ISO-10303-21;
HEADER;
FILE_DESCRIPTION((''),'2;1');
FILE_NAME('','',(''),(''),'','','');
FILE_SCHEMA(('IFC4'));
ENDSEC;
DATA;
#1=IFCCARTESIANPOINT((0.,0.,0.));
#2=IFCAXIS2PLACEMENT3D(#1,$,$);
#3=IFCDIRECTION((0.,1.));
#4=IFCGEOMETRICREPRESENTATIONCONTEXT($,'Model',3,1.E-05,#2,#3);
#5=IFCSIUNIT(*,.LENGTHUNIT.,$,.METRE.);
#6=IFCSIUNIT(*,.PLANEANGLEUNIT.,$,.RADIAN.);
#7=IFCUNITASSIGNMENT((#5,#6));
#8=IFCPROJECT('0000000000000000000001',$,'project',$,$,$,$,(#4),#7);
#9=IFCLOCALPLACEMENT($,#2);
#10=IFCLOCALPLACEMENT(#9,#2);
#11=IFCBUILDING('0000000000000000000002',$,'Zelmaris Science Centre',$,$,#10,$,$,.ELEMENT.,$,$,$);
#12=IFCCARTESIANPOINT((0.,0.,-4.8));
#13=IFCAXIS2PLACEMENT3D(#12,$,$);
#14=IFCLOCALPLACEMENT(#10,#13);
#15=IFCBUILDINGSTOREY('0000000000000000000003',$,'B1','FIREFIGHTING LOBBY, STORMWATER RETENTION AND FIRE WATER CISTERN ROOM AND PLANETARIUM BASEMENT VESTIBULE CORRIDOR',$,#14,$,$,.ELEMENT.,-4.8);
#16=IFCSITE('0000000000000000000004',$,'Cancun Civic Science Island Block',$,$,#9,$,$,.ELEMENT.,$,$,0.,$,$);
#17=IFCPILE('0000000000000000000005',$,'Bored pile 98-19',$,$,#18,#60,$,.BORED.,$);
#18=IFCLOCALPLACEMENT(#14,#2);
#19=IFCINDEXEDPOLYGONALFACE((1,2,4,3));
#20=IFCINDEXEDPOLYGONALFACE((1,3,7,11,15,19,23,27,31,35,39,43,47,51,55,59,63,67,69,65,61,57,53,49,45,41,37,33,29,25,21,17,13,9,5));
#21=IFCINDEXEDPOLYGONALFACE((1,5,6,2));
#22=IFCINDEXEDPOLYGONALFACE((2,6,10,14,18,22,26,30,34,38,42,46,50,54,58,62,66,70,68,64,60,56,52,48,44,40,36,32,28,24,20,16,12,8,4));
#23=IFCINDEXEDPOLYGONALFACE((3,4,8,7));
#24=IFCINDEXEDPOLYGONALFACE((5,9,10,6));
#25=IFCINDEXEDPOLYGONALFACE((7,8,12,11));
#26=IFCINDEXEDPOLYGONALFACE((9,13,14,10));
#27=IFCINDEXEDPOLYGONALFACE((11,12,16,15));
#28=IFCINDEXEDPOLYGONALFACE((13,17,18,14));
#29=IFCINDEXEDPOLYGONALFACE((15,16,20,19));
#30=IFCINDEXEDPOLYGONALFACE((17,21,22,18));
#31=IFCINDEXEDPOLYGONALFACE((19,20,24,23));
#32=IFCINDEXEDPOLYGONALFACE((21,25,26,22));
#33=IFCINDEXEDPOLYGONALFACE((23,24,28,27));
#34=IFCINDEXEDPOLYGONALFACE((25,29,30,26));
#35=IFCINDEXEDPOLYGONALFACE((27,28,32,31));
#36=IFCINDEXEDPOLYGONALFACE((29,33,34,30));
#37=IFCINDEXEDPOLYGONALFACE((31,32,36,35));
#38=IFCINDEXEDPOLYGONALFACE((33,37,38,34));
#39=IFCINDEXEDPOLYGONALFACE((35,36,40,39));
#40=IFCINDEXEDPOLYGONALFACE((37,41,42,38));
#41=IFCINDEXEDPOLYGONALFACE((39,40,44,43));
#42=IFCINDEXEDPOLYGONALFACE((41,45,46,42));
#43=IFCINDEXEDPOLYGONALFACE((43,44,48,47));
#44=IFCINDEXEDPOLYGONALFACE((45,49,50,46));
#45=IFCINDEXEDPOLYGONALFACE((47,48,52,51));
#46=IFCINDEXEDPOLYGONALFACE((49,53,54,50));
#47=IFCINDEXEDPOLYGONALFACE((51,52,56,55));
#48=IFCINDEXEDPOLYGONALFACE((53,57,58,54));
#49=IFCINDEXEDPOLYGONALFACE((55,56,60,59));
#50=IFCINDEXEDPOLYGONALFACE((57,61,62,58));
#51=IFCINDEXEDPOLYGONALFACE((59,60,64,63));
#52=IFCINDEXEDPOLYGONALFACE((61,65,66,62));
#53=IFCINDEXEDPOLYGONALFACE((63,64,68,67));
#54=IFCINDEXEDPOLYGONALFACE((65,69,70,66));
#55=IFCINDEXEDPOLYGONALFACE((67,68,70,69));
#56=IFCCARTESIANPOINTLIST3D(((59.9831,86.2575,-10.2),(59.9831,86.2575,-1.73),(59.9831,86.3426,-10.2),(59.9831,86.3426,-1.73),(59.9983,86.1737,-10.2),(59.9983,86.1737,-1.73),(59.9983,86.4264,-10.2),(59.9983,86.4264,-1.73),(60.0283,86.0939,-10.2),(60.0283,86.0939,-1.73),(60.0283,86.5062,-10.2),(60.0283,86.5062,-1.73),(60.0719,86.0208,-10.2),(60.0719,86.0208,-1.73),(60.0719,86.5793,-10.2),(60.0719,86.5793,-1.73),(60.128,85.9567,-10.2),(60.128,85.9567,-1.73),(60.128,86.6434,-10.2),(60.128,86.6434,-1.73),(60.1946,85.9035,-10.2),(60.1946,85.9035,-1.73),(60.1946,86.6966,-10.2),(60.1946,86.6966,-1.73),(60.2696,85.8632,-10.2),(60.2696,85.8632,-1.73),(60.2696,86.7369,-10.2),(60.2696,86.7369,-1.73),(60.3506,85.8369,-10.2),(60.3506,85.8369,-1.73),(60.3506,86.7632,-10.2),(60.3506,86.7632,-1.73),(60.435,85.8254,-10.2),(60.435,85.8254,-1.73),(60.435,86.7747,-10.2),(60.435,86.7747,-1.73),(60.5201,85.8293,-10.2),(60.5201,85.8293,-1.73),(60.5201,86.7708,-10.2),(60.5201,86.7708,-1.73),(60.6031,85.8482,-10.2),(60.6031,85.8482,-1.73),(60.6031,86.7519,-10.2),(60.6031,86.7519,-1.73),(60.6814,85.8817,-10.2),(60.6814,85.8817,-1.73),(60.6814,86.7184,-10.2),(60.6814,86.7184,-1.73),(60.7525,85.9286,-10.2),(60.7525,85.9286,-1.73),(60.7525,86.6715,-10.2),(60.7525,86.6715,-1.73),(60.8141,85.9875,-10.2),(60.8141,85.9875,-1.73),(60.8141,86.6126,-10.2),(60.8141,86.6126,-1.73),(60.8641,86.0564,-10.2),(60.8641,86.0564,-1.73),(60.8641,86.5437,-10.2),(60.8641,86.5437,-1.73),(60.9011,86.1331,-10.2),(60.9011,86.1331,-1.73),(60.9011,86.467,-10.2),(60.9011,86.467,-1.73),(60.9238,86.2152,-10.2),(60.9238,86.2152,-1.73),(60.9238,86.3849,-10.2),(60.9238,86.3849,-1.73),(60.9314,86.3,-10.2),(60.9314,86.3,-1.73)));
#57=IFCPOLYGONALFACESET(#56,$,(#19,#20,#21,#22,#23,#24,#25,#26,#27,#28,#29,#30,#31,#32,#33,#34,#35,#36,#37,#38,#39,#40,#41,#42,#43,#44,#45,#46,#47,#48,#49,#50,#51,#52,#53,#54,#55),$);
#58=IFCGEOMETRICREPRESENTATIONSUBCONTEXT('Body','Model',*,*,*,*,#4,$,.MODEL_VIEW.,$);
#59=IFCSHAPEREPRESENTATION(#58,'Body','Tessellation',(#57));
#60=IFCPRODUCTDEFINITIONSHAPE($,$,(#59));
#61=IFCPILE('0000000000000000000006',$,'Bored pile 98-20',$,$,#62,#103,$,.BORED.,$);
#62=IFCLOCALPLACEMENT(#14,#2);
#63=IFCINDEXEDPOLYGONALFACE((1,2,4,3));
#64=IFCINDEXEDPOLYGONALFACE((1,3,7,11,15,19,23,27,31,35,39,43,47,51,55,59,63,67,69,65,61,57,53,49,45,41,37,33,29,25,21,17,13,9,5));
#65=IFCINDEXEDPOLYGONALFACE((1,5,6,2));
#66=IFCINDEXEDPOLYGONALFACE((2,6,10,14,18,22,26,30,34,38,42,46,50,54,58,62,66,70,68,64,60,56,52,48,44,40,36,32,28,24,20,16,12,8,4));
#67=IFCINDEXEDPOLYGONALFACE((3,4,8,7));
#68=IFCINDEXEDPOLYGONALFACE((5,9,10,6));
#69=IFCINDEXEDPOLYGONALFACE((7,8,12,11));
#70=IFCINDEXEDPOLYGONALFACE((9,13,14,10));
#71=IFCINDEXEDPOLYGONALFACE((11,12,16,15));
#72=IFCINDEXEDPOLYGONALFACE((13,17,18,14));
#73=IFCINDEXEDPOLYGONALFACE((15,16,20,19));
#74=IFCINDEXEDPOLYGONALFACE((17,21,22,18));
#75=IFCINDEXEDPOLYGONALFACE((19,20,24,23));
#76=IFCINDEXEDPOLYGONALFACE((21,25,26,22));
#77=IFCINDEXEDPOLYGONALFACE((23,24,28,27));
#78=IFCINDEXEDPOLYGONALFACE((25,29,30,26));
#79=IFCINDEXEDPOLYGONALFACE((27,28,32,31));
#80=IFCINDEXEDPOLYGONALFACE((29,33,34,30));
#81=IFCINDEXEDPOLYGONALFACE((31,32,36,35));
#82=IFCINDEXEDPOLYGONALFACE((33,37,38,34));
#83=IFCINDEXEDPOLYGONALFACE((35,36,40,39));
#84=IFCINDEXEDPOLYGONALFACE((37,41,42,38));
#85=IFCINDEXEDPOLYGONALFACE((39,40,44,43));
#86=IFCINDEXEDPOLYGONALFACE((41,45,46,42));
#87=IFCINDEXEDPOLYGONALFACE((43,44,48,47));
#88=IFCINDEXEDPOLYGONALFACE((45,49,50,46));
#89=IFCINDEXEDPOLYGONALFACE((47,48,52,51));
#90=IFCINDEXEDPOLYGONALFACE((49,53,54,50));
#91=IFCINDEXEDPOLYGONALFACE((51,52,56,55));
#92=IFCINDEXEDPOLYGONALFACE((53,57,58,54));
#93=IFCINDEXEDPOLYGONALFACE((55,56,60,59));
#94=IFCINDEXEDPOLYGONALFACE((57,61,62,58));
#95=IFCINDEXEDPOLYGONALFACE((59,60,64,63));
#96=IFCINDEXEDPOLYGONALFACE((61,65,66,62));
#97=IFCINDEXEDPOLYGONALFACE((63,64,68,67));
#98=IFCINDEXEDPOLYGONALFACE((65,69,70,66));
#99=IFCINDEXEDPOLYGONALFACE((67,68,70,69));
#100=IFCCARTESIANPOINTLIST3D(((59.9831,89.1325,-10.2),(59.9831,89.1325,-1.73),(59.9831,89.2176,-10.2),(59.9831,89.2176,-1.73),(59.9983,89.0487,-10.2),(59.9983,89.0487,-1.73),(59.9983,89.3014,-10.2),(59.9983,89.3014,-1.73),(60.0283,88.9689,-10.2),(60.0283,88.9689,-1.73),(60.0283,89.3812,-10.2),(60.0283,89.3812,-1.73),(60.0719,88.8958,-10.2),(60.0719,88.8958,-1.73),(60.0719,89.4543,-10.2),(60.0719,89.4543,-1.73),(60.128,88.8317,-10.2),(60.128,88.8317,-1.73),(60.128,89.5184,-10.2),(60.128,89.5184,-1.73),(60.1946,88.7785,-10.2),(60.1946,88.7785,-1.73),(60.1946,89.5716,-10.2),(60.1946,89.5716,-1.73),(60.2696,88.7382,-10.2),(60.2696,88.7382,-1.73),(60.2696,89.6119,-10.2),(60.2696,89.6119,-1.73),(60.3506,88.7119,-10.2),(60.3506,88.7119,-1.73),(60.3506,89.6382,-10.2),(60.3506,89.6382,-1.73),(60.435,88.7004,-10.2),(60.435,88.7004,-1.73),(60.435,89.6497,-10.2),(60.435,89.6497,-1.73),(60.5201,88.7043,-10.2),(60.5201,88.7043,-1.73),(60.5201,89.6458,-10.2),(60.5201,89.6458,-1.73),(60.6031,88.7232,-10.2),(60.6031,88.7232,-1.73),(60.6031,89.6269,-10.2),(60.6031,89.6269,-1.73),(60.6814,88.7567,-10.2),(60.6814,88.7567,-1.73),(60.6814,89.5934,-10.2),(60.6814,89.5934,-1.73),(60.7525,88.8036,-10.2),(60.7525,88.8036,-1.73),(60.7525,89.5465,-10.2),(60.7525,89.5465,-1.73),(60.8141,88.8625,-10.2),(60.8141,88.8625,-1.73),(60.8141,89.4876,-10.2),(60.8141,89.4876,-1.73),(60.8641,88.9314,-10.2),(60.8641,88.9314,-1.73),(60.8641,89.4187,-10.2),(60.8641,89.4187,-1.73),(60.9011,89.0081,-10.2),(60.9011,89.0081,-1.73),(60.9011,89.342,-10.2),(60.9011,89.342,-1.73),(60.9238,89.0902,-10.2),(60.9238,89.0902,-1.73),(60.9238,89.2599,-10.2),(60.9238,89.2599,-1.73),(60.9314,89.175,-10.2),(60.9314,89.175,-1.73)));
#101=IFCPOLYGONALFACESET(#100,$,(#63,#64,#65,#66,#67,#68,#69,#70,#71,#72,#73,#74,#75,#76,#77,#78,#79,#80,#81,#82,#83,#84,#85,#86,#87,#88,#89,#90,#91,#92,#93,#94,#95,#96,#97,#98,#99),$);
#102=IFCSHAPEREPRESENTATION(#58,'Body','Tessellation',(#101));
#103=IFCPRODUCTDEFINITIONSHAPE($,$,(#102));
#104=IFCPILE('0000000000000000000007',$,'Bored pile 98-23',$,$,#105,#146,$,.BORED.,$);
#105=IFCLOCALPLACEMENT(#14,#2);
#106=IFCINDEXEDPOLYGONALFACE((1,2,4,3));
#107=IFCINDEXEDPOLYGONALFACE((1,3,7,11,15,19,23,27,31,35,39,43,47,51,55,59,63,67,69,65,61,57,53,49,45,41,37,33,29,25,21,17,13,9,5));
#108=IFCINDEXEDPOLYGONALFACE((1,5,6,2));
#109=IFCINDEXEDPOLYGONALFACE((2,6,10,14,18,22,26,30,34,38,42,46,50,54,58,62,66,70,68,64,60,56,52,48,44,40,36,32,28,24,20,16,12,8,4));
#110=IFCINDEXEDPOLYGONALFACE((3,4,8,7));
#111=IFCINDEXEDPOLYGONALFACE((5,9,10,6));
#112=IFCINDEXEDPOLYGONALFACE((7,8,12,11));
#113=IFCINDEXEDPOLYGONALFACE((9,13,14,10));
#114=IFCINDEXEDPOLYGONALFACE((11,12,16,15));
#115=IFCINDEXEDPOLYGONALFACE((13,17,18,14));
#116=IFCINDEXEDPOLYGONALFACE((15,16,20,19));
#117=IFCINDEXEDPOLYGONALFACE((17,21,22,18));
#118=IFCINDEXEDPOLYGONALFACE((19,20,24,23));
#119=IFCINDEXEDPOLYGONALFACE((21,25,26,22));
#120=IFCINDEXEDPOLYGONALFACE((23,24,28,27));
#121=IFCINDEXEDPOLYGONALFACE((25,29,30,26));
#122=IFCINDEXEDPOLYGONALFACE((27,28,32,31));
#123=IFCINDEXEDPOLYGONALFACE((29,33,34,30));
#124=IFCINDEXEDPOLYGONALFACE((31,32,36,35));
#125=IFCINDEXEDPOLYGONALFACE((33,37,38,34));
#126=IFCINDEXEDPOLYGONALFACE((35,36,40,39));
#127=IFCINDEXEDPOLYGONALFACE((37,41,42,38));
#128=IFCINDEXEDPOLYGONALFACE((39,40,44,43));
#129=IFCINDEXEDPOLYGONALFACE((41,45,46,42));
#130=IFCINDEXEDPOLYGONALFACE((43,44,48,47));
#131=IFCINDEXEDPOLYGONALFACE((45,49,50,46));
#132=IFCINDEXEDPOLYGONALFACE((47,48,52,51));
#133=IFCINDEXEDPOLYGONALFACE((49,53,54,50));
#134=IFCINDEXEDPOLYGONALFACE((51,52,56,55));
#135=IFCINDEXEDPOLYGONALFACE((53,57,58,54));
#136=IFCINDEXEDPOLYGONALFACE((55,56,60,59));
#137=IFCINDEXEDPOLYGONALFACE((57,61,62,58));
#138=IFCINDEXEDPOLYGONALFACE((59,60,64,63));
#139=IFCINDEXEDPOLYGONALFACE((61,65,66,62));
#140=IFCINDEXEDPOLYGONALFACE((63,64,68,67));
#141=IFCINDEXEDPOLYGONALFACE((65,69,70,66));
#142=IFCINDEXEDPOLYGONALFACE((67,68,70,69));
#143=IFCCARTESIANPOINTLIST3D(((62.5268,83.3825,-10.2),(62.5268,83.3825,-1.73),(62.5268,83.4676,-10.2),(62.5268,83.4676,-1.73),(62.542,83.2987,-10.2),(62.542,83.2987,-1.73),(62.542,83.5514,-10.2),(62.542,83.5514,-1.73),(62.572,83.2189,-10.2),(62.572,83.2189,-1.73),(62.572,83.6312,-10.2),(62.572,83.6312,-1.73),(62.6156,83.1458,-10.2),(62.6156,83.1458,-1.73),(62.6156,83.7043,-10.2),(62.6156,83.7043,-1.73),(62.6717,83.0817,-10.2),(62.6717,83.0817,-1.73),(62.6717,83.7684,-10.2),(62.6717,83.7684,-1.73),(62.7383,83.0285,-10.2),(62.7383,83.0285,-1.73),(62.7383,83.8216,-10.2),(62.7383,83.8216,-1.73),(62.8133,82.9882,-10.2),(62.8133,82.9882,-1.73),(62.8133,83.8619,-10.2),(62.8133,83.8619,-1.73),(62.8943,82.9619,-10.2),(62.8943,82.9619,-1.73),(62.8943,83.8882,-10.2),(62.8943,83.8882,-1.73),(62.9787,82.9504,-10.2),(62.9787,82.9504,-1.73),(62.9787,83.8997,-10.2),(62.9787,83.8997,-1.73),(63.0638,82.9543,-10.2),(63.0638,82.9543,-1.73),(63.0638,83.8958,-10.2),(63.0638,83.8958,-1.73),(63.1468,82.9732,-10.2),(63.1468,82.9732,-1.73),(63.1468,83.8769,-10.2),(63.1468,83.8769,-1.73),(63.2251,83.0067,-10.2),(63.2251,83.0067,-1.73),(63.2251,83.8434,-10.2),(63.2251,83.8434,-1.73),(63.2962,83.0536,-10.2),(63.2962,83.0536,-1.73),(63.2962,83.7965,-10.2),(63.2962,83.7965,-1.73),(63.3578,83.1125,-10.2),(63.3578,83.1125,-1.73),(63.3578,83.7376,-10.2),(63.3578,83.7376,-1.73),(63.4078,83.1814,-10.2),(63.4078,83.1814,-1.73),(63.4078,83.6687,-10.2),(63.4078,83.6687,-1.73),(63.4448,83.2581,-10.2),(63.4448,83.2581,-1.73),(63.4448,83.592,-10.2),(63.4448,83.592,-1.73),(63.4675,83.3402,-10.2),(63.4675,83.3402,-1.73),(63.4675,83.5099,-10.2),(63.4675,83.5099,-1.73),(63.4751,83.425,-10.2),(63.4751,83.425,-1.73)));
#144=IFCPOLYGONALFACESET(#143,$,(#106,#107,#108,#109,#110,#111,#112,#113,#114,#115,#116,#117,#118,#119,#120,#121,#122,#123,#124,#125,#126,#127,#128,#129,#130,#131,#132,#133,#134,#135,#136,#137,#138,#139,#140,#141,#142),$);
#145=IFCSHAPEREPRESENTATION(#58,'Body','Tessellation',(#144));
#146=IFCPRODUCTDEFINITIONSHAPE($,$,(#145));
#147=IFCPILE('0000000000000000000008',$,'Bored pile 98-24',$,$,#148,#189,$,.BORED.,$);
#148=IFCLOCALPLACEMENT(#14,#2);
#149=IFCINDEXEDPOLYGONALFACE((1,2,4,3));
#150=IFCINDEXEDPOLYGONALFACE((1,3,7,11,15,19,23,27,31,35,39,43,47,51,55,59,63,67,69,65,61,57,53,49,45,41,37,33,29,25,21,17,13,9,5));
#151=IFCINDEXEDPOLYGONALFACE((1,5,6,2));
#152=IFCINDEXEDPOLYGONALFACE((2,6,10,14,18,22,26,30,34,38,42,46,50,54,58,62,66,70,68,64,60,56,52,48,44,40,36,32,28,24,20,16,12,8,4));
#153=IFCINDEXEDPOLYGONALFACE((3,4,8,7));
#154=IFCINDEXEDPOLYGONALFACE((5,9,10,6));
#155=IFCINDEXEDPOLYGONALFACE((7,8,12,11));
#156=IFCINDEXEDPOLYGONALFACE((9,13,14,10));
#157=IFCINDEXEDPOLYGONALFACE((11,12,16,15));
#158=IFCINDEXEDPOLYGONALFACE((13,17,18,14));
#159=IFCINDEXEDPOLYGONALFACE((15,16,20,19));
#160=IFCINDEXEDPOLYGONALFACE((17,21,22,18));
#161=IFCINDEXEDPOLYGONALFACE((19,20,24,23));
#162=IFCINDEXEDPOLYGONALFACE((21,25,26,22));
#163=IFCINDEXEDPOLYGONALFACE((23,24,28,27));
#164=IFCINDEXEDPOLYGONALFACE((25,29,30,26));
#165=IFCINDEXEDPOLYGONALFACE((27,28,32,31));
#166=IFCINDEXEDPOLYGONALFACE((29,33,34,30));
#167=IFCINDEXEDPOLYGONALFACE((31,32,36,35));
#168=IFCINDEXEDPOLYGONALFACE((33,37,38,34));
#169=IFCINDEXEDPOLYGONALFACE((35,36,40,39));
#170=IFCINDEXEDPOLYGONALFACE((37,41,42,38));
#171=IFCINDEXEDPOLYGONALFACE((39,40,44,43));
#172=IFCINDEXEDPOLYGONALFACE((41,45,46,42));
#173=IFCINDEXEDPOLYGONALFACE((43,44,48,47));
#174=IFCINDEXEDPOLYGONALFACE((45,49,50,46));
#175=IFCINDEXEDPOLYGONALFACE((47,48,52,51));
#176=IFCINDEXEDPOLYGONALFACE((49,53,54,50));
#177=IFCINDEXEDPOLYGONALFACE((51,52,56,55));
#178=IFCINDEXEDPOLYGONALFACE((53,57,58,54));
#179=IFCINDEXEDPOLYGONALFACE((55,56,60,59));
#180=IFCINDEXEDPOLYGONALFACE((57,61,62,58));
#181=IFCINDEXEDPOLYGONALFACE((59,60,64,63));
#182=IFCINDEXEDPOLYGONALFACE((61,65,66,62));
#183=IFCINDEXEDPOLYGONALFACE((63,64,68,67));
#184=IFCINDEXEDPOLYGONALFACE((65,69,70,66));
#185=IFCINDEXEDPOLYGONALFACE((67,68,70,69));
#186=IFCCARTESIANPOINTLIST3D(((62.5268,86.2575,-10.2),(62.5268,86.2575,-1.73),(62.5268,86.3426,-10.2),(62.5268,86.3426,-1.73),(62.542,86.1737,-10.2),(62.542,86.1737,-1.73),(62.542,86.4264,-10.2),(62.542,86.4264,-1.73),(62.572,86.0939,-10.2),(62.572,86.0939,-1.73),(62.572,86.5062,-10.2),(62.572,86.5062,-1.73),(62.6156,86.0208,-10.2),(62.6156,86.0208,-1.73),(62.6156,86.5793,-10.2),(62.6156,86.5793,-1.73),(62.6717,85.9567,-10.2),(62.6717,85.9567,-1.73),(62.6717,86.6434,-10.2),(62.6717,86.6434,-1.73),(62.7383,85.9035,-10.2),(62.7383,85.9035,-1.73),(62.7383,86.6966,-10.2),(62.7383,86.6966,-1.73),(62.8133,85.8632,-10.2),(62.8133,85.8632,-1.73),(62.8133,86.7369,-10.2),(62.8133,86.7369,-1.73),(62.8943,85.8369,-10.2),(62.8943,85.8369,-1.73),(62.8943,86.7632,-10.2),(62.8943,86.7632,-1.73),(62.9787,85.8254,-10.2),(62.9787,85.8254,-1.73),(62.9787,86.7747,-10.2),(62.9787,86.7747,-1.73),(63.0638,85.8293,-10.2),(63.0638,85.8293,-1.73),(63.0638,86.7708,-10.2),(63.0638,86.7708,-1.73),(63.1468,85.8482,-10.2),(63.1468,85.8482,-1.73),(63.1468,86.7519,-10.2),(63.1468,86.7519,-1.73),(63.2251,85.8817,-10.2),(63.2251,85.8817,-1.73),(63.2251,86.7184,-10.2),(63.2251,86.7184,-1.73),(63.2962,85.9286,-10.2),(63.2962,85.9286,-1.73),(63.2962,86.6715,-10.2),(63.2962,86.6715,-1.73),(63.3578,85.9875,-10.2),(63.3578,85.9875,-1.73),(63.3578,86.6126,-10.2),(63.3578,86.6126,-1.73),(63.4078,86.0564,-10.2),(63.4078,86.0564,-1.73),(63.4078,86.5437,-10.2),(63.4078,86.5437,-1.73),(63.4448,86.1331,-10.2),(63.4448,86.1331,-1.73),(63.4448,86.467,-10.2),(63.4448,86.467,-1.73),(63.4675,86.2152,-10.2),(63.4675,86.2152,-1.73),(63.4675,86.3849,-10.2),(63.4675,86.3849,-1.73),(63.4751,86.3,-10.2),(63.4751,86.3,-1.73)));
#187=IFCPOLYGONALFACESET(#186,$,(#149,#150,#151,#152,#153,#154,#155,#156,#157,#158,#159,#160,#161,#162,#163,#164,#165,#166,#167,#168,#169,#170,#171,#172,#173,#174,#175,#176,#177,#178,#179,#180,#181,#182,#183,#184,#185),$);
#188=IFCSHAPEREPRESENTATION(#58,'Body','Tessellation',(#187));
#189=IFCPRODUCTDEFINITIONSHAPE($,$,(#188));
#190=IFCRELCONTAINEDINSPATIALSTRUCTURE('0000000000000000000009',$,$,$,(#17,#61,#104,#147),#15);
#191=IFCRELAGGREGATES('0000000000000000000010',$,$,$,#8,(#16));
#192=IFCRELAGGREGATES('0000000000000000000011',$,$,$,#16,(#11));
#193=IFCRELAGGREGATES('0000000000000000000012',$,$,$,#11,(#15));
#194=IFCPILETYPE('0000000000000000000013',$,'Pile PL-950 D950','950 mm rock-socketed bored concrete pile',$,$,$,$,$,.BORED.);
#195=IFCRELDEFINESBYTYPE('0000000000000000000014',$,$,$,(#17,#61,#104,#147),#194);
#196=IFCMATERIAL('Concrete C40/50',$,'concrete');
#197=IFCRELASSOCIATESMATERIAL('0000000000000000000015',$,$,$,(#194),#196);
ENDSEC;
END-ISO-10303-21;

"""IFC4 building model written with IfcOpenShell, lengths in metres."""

from ifc_helpers import new_model, si_unit, direction, frame, origin, origin_2d, place, context, subcontext, project, spatial, circle, extrude, material, material_profile, profile_set, type_object, element, save


model = new_model("IFC4")

# Units and contexts
model_context = context("Model", 3, precision=1e-05, world=origin(), true_north=direction((0.0, 1.0)))
body_context = subcontext(model_context, "Body", "Model", "MODEL_VIEW")
ifc_project = project(units=[si_unit("LENGTHUNIT", "METRE"), si_unit("PLANEANGLEUNIT", "RADIAN")], contexts=[model_context])

# Site, building, storey
site_placement = place(None, origin())
site = spatial("IfcSite", under=ifc_project, at=site_placement, Name="Cancun Civic Science Island Block", CompositionType="ELEMENT", RefElevation=0.0)
building_placement = place(site_placement, origin())
building = spatial("IfcBuilding", under=site, at=building_placement, Name="Zelmaris Science Centre", CompositionType="ELEMENT")
storey_placement = place(building_placement, frame((0.0, 0.0, -4.8)))
storey = spatial("IfcBuildingStorey", under=building, at=storey_placement, Name="B1", Description="FIREFIGHTING LOBBY, STORMWATER RETENTION AND FIRE WATER CISTERN ROOM AND PLANETARIUM BASEMENT VESTIBULE CORRIDOR", CompositionType="ELEMENT", Elevation=-4.8)

# Piles
ifc_material_1 = material(Name="Concrete C40/50", Category="concrete")
ifc_material_profile_1 = material_profile(ifc_material_1, circle(Radius=0.4751, at=origin_2d()), Name="PILE-950")
ifc_profile_set_1 = profile_set([ifc_material_profile_1], Name="Concrete C40/50")
pile_type = type_object("IfcPileType", Name="Pile PL-950 D950", Description="950 mm rock-socketed bored concrete pile", PredefinedType="BORED", material=ifc_profile_set_1)
for number, where, z_axis, x_axis, name in (
    (1, (60.4563, 86.3, -1.73), (0.0, 0.0, -1.0), (1.0, 0.0, 0.0), "Bored pile 98-19"),
    (2, (60.4563, 89.175, -1.73), (0.0, 0.0, -1.0), (1.0, 0.0, 0.0), "Bored pile 98-20"),
    (3, (63.0, 83.425, -1.73), (0.0, 0.0, -1.0), (1.0, 0.0, 0.0), "Bored pile 98-23"),
    (4, (63.0, 86.3, -1.73), (0.0, 0.0, -1.0), (1.0, 0.0, 0.0), "Bored pile 98-24"),
):
    element("IfcPile", number, at=place(storey_placement, frame(where, z_axis=z_axis, x_axis=x_axis)), inside=storey, type_object=pile_type, Name=name, PredefinedType="BORED", context=body_context, shape_type="SweptSolid", body=[
        extrude(circle(Radius=0.4751, at=origin_2d()), origin(), (0.0, 0.0, 1.0), 8.47),
    ])

save(model, "model.ifc")
